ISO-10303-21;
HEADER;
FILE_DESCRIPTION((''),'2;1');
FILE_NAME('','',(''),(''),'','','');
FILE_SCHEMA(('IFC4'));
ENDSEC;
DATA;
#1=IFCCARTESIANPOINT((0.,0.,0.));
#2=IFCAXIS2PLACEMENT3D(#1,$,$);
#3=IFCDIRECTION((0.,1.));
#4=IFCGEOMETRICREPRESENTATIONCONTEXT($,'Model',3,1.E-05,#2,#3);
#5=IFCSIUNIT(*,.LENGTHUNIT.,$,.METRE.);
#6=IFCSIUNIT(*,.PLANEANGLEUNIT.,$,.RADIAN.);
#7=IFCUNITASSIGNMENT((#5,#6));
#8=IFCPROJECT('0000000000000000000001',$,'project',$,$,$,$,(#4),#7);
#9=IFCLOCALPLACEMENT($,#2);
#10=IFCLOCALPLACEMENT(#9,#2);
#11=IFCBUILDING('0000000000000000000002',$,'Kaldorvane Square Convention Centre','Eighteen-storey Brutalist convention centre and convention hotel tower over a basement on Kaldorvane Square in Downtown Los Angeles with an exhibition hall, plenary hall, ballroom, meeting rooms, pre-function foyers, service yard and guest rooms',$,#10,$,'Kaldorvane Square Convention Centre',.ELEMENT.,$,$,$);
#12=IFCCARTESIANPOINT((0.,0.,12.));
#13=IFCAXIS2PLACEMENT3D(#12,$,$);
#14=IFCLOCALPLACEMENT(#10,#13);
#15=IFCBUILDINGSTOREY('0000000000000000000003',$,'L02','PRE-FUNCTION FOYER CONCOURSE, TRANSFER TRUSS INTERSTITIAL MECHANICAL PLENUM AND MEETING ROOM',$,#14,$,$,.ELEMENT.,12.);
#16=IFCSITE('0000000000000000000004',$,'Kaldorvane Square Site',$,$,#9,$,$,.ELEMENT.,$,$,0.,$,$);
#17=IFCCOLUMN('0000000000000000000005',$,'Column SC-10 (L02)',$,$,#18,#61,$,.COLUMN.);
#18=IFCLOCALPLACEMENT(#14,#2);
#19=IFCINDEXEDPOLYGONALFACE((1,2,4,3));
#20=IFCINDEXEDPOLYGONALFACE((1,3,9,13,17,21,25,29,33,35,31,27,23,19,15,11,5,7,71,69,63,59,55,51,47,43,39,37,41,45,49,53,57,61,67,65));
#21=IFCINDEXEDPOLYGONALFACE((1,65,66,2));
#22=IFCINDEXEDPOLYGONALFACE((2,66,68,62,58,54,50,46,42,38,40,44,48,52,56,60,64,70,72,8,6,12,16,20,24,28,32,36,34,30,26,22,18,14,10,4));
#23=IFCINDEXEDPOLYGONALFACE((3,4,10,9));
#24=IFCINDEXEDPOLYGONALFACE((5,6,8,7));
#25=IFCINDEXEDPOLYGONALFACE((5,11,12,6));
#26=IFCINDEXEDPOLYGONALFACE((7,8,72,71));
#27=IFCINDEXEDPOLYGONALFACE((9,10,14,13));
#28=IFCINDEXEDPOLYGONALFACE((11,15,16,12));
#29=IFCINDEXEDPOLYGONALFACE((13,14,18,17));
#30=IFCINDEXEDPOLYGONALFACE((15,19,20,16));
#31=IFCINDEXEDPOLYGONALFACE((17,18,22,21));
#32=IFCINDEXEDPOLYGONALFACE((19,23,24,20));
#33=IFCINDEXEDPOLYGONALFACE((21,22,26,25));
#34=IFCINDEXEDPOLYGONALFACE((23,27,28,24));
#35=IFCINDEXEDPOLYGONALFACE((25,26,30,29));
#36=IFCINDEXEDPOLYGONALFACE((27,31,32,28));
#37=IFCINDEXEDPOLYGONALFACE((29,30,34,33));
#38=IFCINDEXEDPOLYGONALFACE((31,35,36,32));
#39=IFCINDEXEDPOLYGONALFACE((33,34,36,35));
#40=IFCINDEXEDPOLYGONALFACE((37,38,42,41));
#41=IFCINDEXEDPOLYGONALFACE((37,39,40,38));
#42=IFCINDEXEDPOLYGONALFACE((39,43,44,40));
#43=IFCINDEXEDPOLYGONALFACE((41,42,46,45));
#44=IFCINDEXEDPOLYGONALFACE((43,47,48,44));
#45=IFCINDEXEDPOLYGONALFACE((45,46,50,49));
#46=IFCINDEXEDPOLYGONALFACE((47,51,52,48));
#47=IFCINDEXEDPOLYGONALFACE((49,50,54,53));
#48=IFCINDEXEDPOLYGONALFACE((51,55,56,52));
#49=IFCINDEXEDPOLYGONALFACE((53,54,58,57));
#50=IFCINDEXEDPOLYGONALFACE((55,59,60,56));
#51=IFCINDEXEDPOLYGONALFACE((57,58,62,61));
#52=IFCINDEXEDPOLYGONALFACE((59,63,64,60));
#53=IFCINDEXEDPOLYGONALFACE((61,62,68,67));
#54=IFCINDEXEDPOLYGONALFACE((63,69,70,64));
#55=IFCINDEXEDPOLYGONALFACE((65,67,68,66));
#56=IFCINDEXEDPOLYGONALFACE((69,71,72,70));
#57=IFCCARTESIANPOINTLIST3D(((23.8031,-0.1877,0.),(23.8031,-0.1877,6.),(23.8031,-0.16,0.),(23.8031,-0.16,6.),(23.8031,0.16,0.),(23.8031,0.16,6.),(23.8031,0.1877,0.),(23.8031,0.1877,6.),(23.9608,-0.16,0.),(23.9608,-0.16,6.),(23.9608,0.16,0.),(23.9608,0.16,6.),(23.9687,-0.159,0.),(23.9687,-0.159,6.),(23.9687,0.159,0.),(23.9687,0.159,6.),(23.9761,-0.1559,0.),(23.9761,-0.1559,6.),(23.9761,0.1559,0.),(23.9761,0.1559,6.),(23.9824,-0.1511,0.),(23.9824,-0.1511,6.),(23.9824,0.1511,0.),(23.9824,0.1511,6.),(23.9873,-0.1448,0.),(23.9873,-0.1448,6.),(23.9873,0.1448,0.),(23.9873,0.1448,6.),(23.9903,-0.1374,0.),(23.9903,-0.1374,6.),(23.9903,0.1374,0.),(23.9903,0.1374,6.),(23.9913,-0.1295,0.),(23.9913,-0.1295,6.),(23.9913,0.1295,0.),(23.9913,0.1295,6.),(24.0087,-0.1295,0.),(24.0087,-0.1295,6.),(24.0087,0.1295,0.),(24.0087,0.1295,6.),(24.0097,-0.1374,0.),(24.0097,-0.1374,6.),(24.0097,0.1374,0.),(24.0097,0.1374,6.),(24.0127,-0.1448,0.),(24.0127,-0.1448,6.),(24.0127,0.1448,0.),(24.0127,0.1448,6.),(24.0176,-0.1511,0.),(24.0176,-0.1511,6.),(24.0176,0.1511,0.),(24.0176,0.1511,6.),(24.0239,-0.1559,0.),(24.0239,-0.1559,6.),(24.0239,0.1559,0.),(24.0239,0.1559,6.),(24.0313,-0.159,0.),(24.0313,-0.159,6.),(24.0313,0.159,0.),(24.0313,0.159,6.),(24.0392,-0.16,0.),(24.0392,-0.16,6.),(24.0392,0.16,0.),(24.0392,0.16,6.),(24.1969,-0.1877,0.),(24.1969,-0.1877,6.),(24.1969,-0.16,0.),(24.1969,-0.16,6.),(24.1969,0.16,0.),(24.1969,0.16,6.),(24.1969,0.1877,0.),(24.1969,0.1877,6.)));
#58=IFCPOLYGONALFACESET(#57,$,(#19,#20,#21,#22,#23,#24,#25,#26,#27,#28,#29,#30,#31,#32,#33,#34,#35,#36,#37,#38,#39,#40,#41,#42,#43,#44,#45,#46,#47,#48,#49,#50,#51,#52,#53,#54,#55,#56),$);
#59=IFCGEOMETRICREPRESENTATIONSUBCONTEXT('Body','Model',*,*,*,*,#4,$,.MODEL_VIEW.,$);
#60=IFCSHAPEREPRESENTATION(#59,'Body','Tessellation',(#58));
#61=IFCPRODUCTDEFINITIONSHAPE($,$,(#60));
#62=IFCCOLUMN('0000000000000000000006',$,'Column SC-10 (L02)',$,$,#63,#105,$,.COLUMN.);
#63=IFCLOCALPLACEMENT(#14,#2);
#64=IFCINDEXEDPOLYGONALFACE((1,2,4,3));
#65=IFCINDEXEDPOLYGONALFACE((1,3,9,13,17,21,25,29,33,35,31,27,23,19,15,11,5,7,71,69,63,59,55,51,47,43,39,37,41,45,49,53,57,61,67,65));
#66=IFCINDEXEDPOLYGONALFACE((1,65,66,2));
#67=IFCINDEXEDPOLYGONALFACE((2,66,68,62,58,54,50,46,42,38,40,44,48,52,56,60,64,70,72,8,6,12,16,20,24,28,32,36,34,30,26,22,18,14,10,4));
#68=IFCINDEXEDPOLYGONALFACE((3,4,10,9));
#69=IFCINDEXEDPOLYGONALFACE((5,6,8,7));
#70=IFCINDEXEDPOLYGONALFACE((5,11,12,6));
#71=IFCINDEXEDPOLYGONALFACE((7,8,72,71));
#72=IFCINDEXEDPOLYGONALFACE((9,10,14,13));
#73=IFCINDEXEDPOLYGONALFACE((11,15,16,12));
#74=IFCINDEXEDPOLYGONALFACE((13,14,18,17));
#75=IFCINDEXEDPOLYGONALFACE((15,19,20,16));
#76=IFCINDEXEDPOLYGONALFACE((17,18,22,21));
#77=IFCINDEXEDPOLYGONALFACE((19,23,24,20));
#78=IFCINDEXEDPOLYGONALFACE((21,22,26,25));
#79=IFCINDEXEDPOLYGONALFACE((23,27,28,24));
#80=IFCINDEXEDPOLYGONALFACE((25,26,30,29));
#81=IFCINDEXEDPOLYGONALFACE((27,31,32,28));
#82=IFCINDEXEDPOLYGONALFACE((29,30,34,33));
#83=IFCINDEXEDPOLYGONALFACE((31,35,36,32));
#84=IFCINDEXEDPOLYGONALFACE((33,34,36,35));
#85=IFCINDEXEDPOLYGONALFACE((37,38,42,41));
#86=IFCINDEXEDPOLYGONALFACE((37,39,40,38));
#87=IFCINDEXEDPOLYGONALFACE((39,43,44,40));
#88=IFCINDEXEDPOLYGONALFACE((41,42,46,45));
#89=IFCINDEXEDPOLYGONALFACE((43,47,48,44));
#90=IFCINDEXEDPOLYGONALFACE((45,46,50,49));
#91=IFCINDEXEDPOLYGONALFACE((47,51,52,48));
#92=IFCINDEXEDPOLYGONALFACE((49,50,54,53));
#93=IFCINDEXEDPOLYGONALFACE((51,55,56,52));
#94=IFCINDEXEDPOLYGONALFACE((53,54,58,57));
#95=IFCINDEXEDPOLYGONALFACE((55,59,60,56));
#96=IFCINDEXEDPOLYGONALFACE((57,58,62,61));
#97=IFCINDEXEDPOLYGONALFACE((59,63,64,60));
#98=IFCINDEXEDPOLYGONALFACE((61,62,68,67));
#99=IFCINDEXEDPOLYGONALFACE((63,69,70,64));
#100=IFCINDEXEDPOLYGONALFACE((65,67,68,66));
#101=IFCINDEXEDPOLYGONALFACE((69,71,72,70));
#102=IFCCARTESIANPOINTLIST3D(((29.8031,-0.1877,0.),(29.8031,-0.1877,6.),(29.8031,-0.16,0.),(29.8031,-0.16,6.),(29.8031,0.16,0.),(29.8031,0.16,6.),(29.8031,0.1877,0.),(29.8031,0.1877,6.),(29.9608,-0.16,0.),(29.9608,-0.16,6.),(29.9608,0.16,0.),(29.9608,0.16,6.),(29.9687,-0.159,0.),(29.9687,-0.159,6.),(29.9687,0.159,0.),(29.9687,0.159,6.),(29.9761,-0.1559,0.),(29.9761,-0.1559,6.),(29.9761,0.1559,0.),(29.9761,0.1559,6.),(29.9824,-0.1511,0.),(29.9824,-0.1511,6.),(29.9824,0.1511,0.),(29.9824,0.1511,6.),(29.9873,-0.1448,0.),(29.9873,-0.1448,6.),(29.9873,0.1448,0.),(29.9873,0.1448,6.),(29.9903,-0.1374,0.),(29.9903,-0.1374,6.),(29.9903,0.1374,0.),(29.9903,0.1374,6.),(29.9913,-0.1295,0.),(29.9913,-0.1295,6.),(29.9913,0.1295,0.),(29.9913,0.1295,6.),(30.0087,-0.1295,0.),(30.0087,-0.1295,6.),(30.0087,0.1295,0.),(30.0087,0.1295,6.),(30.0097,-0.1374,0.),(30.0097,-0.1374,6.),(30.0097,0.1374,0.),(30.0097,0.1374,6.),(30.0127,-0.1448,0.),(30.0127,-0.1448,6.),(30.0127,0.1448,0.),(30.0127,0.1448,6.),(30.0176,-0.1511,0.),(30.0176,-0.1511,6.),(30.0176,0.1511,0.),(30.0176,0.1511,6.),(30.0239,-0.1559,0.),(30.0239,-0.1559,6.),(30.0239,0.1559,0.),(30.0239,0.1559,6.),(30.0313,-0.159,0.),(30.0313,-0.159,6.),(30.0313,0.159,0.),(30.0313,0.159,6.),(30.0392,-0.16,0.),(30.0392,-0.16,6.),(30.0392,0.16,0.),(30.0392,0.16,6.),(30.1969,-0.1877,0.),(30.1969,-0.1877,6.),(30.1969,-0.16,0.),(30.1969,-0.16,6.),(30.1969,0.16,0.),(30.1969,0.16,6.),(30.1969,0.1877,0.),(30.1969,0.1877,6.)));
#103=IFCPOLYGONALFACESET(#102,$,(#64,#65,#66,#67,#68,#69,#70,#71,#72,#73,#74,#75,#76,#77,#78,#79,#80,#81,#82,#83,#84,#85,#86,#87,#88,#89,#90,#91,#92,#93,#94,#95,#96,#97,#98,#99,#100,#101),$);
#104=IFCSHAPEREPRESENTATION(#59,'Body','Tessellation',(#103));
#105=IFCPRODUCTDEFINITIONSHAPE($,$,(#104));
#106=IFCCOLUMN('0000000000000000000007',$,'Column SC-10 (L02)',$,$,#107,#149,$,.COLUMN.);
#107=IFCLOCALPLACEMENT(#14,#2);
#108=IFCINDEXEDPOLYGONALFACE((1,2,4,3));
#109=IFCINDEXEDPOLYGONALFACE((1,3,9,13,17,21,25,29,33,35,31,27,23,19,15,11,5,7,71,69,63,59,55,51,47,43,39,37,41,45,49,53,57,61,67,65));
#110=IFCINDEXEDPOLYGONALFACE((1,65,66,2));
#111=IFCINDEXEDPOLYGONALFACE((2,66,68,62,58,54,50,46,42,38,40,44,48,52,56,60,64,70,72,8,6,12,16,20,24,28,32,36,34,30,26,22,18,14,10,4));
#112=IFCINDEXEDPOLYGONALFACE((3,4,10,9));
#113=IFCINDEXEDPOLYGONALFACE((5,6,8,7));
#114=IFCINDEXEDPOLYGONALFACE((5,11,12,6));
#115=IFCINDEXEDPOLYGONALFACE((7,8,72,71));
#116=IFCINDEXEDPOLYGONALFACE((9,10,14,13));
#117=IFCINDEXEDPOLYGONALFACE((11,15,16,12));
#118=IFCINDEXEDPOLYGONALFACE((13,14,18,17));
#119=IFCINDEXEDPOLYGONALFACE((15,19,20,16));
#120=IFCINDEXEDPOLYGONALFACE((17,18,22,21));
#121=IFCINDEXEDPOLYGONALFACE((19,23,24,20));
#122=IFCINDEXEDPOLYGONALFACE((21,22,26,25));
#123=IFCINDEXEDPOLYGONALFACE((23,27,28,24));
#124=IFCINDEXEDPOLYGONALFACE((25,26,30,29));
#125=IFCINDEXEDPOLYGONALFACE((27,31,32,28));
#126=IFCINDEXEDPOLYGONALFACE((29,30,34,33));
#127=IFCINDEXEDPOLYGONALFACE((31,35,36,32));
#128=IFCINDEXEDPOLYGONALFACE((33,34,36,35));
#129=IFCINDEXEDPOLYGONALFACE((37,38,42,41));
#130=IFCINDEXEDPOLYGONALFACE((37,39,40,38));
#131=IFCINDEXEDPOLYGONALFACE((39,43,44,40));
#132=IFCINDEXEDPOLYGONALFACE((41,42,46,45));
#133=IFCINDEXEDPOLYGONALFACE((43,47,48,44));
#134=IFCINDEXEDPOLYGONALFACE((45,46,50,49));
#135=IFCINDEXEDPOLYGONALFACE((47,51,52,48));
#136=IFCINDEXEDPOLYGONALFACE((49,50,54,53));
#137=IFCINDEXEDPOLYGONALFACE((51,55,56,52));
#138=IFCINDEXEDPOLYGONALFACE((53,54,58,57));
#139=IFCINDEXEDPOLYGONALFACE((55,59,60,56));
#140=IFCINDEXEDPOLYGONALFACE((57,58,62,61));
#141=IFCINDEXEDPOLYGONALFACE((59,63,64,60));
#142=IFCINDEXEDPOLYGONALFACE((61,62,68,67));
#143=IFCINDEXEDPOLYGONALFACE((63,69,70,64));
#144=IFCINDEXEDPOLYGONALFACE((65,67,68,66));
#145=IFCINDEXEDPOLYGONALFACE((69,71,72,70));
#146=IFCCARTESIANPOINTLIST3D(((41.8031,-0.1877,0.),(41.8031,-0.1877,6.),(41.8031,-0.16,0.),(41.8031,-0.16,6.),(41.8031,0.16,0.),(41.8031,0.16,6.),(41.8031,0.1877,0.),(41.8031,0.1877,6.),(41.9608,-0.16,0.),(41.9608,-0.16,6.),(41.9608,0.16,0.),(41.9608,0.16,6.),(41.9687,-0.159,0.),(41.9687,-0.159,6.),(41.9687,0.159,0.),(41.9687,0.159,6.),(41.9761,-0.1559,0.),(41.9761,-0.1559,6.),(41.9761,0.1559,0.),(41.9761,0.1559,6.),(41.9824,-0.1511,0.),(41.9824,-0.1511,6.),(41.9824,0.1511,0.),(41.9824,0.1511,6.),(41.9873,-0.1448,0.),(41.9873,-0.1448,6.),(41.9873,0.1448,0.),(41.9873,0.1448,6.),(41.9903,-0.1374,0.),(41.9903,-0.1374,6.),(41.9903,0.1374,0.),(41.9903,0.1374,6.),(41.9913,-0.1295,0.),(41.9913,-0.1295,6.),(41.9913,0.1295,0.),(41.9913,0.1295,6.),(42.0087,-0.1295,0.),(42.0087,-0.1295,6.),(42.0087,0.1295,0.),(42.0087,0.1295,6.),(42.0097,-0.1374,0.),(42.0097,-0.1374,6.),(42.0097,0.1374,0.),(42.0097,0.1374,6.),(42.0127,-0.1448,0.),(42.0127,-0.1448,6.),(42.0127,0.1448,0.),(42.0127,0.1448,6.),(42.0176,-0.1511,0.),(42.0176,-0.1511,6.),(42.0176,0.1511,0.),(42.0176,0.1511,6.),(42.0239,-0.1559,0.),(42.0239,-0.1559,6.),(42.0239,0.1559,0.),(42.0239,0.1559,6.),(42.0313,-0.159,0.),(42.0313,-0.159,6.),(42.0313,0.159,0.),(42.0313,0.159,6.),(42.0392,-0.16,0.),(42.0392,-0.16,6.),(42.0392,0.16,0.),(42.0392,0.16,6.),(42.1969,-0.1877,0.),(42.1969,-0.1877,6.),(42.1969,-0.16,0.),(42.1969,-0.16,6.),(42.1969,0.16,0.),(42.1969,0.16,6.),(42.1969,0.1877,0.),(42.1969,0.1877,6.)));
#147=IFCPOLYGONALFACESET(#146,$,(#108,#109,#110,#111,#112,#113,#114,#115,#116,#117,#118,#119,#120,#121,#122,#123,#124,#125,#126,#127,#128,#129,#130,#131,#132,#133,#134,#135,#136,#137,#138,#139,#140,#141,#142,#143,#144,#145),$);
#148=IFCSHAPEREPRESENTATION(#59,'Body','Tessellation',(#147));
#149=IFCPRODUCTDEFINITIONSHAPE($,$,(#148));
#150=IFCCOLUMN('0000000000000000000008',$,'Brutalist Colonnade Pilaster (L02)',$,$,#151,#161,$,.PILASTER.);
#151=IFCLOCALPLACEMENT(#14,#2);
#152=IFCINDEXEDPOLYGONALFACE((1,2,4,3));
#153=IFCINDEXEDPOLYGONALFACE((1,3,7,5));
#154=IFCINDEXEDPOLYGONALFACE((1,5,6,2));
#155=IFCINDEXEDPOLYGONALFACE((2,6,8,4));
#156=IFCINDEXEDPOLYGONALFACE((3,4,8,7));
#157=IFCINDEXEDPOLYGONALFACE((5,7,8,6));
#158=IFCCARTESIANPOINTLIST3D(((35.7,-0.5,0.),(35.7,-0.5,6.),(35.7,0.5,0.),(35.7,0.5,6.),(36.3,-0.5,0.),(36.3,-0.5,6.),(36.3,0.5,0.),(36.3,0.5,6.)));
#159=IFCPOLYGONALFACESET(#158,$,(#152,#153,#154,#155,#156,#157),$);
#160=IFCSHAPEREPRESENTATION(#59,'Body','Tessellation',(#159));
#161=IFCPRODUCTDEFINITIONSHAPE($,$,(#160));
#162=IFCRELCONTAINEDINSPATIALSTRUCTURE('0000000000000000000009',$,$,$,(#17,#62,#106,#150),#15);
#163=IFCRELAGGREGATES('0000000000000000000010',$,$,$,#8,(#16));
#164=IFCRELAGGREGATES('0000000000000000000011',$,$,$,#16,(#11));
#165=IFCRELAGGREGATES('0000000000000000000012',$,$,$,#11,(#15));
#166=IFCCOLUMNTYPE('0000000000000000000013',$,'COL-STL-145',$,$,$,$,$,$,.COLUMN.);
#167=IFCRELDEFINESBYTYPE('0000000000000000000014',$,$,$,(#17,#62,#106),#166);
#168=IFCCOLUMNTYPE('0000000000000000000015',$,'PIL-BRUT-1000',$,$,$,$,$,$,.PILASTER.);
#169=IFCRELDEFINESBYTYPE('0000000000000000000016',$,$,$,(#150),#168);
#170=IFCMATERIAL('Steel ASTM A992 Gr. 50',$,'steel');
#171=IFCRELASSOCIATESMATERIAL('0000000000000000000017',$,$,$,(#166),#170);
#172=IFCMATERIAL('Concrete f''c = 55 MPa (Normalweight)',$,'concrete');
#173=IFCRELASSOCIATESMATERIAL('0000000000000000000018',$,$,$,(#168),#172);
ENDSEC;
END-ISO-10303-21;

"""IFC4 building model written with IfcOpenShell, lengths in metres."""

from ifc_helpers import new_model, si_unit, direction, frame, origin, origin_2d, place, context, subcontext, project, spatial, rectangle, i_section, extrude, material, material_profile, profile_set, type_object, element, save


model = new_model("IFC4")

# Units and contexts
model_context = context("Model", 3, precision=1e-05, world=origin(), true_north=direction((0.0, 1.0)))
body_context = subcontext(model_context, "Body", "Model", "MODEL_VIEW")
ifc_project = project(units=[si_unit("LENGTHUNIT", "METRE"), si_unit("PLANEANGLEUNIT", "RADIAN")], contexts=[model_context])

# Site, building, storey
site_placement = place(None, origin())
site = spatial("IfcSite", under=ifc_project, at=site_placement, Name="Kaldorvane Square Site", CompositionType="ELEMENT", RefElevation=0.0)
building_placement = place(site_placement, origin())
building = spatial("IfcBuilding", under=site, at=building_placement, Name="Kaldorvane Square Convention Centre", Description="Eighteen-storey Brutalist convention centre and convention hotel tower over a basement on Kaldorvane Square in Downtown Los Angeles with an exhibition hall, plenary hall, ballroom, meeting rooms, pre-function foyers, service yard and guest rooms", LongName="Kaldorvane Square Convention Centre", CompositionType="ELEMENT")
storey_placement = place(building_placement, frame((0.0, 0.0, 12.0)))
storey = spatial("IfcBuildingStorey", under=building, at=storey_placement, Name="L02", Description="PRE-FUNCTION FOYER CONCOURSE, TRANSFER TRUSS INTERSTITIAL MECHANICAL PLENUM AND MEETING ROOM", CompositionType="ELEMENT", Elevation=12.0)

# Columns
ifc_material_1 = material(Name="Steel ASTM A992 Gr. 50", Category="steel")
ifc_material_profile_1 = material_profile(ifc_material_1, i_section(OverallWidth=0.3937, OverallDepth=0.3754, WebThickness=0.0173, FlangeThickness=0.0277, FilletRadius=0.0305, at=origin_2d()), Name="W14X145")
ifc_profile_set_1 = profile_set([ifc_material_profile_1], Name="Steel ASTM A992 Gr. 50")
column_type_1 = type_object("IfcColumnType", Name="COL-STL-145", PredefinedType="COLUMN", material=ifc_profile_set_1)
for number, where, z_axis, x_axis, name in (
    (1, (24.0, 0.0, 0.0), (0.0, 0.0, 1.0), (1.0, 0.0, 0.0), "Column SC-10 (L02)"),
    (2, (30.0, 0.0, 0.0), (0.0, 0.0, 1.0), (1.0, 0.0, 0.0), "Column SC-10 (L02)"),
    (3, (42.0, 0.0, 0.0), (0.0, 0.0, 1.0), (1.0, 0.0, 0.0), "Column SC-10 (L02)"),
):
    element("IfcColumn", number, at=place(storey_placement, frame(where, z_axis=z_axis, x_axis=x_axis)), inside=storey, type_object=column_type_1, Name=name, PredefinedType="COLUMN", context=body_context, shape_type="SweptSolid", body=[
        extrude(i_section(OverallWidth=0.3937, OverallDepth=0.3754, WebThickness=0.0173, FlangeThickness=0.0277, FilletRadius=0.0305, at=origin_2d()), origin(), (0.0, 0.0, 1.0), 6.0),
    ])
ifc_material_2 = material(Name="Concrete f'c = 55 MPa (Normalweight)", Category="concrete")
ifc_material_profile_2 = material_profile(ifc_material_2, rectangle(XDim=0.6, YDim=1.0, at=origin_2d()), Name="PIL1000X600")
ifc_profile_set_2 = profile_set([ifc_material_profile_2], Name="Concrete f'c = 55 MPa (Normalweight)")
column_type_2 = type_object("IfcColumnType", Name="PIL-BRUT-1000", PredefinedType="PILASTER", material=ifc_profile_set_2)
column_placement = place(storey_placement, frame((36.0, 0.0, 0.0), z_axis=(0.0, 0.0, 1.0), x_axis=(1.0, 0.0, 0.0)))
element("IfcColumn", 4, at=column_placement, inside=storey, type_object=column_type_2, Name="Brutalist Colonnade Pilaster (L02)", PredefinedType="PILASTER", context=body_context, shape_type="SweptSolid", body=[
    extrude(rectangle(XDim=0.6, YDim=1.0, at=origin_2d()), origin(), (0.0, 0.0, 1.0), 6.0),
])

save(model, "model.ifc")
